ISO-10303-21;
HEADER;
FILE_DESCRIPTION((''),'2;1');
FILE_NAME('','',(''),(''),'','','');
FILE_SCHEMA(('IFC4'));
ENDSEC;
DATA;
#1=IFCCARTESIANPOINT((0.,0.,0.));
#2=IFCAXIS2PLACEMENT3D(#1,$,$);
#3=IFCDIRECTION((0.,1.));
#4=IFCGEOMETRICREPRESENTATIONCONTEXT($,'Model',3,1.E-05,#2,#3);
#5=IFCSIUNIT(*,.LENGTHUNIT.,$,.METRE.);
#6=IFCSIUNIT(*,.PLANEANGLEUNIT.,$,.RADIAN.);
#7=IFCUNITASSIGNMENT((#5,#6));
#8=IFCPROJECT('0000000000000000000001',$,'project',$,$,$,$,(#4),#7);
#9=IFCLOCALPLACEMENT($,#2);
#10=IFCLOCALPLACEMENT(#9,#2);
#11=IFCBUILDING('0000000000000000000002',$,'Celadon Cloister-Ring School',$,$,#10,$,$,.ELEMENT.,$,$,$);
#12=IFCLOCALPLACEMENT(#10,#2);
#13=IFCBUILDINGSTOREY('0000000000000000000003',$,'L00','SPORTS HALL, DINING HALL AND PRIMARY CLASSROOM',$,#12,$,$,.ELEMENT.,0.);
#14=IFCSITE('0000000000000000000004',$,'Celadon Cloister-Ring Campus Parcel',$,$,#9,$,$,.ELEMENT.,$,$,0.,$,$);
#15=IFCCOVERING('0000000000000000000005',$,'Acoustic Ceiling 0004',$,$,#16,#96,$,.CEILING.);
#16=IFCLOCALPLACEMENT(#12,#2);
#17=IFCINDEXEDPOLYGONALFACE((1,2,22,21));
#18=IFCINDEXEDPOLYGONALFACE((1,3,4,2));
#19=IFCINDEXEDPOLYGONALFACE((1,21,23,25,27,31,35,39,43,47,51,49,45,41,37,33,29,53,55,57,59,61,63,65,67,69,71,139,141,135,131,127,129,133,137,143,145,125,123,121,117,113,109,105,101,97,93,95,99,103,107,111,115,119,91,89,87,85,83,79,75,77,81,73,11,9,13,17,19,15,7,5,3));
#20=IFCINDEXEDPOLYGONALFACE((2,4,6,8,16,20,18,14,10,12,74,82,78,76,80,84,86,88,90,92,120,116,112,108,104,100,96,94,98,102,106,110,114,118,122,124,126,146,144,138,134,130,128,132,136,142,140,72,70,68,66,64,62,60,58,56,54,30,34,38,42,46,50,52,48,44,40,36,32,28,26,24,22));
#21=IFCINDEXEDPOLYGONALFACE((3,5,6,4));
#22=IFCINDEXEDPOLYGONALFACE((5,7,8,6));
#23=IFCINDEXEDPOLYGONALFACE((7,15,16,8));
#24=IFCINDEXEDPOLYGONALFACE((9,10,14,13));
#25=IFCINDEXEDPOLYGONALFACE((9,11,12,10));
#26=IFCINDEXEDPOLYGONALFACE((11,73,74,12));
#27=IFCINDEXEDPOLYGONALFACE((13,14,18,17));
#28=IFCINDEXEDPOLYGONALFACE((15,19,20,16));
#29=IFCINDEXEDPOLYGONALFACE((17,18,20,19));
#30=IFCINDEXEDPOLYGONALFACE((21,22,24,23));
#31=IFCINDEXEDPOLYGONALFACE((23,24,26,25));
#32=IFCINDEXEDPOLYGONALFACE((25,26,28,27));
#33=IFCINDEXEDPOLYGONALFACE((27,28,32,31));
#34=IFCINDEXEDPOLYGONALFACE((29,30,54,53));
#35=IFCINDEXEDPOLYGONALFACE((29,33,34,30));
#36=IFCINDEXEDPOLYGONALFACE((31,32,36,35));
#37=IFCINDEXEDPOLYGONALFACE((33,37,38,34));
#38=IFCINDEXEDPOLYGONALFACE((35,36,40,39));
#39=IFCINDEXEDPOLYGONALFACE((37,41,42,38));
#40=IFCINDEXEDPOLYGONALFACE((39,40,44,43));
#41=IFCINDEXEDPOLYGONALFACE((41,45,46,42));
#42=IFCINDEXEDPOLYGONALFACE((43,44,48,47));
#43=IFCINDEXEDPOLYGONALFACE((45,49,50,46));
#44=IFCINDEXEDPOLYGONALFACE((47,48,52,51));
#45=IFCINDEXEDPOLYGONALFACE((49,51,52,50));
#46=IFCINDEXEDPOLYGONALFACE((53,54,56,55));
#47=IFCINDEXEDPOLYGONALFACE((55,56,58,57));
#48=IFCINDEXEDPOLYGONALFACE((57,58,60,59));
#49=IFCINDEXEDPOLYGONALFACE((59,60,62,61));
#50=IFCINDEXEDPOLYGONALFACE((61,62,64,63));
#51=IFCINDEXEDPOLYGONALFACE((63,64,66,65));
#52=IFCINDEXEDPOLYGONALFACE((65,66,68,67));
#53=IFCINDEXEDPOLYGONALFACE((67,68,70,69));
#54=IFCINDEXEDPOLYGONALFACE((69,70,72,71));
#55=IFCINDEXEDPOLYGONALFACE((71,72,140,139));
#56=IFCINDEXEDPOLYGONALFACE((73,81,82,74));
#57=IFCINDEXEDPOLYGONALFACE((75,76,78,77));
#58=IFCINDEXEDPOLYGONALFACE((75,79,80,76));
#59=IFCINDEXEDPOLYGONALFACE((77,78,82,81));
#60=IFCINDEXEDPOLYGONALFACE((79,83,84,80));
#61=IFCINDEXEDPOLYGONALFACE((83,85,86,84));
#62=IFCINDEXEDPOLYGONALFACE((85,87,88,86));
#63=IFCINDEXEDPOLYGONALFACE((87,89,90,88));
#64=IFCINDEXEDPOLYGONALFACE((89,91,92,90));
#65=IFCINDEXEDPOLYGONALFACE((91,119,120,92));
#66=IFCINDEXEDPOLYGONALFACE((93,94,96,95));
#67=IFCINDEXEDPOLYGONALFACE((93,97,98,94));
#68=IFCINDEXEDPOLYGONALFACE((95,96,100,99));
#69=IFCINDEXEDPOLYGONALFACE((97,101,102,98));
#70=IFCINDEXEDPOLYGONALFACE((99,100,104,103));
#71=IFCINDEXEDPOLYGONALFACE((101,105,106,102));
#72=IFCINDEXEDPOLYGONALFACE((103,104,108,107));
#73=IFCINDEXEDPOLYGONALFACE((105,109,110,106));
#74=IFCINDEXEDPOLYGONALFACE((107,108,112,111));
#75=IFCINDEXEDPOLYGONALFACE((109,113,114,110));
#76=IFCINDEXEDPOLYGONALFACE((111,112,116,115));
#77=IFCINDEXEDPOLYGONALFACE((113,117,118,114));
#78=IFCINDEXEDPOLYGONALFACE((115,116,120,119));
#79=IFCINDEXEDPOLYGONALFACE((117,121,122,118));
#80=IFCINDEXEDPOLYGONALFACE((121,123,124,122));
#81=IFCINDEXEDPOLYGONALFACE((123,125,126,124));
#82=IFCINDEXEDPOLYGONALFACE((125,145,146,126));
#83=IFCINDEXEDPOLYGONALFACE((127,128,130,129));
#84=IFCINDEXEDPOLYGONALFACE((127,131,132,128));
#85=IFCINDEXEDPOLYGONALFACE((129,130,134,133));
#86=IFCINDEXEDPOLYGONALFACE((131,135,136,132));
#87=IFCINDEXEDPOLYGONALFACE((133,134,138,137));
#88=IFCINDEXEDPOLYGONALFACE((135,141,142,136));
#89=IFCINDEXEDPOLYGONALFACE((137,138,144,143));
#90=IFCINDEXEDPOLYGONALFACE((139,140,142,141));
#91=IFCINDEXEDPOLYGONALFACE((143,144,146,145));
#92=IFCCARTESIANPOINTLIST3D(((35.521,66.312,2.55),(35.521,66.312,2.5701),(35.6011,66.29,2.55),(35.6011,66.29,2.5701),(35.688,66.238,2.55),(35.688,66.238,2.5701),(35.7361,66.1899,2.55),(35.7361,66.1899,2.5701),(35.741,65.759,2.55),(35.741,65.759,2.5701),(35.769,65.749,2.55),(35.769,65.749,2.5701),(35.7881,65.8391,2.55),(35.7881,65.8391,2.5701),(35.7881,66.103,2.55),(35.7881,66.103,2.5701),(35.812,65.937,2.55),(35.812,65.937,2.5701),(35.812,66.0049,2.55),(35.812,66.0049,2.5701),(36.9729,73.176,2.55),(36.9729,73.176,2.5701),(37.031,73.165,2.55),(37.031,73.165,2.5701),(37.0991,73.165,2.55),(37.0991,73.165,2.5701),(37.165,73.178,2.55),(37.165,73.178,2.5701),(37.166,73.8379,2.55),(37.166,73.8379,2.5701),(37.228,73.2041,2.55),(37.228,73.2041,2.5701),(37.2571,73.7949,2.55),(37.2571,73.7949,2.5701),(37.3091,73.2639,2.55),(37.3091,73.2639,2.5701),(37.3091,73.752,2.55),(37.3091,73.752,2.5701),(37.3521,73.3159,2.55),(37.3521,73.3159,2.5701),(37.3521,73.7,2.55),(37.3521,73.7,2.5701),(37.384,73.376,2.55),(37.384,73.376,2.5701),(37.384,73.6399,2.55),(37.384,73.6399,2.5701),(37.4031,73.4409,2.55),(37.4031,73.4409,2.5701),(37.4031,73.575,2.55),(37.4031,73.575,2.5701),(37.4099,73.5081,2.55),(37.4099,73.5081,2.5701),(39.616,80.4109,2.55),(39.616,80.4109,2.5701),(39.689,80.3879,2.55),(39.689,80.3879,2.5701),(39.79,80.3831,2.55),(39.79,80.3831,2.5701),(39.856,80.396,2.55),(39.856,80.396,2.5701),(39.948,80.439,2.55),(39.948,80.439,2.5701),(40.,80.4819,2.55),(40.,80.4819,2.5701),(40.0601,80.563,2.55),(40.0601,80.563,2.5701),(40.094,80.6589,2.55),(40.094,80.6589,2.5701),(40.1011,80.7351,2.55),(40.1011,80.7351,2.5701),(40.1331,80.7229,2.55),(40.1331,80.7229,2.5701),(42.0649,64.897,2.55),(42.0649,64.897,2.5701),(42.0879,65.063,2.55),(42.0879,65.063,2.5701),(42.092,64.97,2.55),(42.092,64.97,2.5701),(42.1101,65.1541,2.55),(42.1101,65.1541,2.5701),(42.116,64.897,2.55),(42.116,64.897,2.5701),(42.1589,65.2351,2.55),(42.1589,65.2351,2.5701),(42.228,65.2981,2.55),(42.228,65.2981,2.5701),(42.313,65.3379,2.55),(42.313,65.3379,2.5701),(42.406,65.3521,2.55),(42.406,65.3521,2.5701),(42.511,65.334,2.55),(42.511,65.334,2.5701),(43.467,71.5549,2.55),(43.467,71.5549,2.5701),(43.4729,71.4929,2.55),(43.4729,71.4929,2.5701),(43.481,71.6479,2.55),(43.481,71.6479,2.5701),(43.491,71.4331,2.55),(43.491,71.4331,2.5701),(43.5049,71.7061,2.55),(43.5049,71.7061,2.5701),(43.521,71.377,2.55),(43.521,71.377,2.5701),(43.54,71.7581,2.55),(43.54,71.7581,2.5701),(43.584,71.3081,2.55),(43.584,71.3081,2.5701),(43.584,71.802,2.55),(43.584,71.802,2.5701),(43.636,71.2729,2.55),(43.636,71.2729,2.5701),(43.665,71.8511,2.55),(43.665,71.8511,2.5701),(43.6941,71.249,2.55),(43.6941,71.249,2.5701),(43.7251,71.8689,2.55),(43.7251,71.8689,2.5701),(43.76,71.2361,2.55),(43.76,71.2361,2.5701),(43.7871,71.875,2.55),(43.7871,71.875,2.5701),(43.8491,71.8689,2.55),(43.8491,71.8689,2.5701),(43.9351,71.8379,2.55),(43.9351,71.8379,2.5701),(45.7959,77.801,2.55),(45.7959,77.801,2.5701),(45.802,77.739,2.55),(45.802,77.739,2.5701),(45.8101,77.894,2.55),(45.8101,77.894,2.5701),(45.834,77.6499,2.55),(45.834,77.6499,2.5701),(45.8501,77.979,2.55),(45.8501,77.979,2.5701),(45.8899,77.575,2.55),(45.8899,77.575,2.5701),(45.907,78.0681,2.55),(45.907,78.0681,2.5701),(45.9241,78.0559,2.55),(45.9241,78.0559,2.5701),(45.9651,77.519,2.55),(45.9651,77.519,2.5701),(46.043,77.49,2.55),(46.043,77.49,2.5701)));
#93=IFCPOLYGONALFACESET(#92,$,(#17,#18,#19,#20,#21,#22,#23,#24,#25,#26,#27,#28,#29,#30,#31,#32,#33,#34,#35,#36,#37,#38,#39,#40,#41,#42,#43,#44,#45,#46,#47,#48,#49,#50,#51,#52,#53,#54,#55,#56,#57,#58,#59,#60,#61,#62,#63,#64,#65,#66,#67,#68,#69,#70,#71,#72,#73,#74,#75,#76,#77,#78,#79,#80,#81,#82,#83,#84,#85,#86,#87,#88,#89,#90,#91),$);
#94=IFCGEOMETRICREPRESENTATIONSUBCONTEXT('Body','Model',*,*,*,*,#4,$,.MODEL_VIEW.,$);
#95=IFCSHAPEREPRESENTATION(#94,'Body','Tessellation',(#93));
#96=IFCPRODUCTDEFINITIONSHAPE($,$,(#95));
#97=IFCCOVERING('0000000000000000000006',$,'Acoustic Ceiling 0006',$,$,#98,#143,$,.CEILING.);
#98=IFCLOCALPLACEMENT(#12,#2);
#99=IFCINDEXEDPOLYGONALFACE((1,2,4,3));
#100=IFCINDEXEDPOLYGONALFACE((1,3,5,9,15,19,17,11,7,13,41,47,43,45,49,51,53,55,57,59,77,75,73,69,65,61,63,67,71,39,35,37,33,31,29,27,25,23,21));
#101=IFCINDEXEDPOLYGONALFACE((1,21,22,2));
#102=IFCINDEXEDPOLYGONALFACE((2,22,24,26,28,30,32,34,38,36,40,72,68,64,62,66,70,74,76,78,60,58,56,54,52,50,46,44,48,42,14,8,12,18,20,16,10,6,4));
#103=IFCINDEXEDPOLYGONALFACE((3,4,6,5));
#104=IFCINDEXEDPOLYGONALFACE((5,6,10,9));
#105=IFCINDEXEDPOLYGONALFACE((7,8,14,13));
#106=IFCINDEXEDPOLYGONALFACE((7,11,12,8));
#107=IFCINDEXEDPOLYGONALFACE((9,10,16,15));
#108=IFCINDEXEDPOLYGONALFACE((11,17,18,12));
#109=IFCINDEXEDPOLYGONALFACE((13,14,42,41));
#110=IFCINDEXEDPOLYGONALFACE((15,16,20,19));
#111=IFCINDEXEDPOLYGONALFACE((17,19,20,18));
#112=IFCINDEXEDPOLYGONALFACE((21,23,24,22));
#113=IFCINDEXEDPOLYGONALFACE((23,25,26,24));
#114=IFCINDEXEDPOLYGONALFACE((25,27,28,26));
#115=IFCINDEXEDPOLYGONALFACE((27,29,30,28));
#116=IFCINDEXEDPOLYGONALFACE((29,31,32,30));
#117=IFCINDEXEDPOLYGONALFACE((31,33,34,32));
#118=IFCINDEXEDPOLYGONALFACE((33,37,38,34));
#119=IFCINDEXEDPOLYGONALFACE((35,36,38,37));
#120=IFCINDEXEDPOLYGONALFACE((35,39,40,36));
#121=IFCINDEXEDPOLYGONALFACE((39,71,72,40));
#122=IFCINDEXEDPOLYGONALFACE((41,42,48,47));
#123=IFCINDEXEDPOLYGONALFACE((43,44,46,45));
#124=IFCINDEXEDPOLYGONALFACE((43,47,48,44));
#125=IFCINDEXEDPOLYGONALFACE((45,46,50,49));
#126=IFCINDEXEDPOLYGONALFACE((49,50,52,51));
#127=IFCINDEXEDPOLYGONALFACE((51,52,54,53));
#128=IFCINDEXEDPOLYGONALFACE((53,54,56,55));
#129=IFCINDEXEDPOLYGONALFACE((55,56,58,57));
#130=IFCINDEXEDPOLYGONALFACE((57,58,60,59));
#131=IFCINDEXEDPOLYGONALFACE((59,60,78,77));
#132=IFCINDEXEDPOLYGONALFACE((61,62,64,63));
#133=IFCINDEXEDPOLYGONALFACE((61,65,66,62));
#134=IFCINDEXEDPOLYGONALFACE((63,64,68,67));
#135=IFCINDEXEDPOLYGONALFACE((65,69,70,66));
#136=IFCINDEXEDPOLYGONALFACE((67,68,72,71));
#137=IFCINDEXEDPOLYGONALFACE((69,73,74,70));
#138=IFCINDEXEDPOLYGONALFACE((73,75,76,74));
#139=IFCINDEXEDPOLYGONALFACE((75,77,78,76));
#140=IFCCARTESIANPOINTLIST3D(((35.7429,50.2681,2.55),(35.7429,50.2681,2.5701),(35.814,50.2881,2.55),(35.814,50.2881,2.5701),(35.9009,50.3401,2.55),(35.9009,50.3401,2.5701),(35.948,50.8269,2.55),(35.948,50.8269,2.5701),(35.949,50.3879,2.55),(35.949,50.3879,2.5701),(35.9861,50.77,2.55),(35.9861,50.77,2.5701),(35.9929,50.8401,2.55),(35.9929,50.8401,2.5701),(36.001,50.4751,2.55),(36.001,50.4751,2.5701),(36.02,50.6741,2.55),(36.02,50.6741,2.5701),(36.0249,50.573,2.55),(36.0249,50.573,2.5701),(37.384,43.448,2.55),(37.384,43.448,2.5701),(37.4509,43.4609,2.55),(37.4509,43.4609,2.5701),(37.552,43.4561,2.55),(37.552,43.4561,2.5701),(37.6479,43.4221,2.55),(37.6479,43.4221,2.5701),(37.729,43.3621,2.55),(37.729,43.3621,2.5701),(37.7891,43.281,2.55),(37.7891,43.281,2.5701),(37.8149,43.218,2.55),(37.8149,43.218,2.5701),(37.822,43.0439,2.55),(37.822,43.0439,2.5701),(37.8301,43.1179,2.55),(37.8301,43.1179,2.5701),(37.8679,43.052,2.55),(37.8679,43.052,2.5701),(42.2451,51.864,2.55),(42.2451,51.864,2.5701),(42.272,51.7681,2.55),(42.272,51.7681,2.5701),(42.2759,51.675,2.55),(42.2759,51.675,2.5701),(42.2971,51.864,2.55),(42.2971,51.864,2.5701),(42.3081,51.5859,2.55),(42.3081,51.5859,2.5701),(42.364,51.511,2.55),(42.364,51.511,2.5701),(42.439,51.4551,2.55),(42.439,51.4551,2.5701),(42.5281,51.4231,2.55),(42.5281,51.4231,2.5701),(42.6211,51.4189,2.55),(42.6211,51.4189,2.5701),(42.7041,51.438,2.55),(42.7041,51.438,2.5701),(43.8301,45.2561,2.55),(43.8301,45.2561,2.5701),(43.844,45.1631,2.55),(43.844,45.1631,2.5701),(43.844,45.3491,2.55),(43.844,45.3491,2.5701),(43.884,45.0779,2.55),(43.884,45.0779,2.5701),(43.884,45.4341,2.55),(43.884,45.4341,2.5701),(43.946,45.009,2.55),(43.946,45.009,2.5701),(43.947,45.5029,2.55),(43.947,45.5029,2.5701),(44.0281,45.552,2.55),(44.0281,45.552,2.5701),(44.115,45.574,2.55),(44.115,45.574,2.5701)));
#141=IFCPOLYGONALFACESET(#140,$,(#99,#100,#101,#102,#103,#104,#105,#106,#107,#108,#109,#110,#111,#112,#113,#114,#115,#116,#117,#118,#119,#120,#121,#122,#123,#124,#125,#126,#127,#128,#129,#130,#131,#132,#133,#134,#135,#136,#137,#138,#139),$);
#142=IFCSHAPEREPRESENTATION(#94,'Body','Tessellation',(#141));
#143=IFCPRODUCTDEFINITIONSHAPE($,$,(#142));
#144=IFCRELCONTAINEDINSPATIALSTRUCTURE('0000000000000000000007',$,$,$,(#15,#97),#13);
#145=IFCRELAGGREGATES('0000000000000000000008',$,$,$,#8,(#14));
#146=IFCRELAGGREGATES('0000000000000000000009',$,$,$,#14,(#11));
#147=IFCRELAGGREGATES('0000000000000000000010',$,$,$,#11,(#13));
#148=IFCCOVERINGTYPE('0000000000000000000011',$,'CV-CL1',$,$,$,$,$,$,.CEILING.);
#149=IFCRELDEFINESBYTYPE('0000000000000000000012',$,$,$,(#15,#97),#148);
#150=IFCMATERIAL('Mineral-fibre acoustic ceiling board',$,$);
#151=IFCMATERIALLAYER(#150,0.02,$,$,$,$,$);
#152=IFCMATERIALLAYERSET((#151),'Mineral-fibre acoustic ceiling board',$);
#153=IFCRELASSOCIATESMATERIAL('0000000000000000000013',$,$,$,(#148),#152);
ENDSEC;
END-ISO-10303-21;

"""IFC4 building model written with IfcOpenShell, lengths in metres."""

from ifc_helpers import new_model, si_unit, direction, frame, origin, place, context, subcontext, project, spatial, polyline, outline, extrude, material, layer, layer_set, type_object, element, save


model = new_model("IFC4")

# Units and contexts
model_context = context("Model", 3, precision=1e-05, world=origin(), true_north=direction((0.0, 1.0)))
body_context = subcontext(model_context, "Body", "Model", "MODEL_VIEW")
ifc_project = project(units=[si_unit("LENGTHUNIT", "METRE"), si_unit("PLANEANGLEUNIT", "RADIAN")], contexts=[model_context])

# Site, building, storey
site_placement = place(None, origin())
site = spatial("IfcSite", under=ifc_project, at=site_placement, Name="Celadon Cloister-Ring Campus Parcel", CompositionType="ELEMENT", RefElevation=0.0)
building_placement = place(site_placement, origin())
building = spatial("IfcBuilding", under=site, at=building_placement, Name="Celadon Cloister-Ring School", CompositionType="ELEMENT")
storey_placement = place(building_placement, origin())
storey = spatial("IfcBuildingStorey", under=building, at=storey_placement, Name="L00", Description="SPORTS HALL, DINING HALL AND PRIMARY CLASSROOM", CompositionType="ELEMENT", Elevation=0.0)

# Coverings
ifc_material_1 = material(Name="Mineral-fibre acoustic ceiling board")
ifc_layer_1 = layer(ifc_material_1, 0.02)
ifc_layer_set_1 = layer_set([ifc_layer_1], Name="Mineral-fibre acoustic ceiling board")
covering_type_1 = type_object("IfcCoveringType", Name="CV-CL1", PredefinedType="CEILING", material=ifc_layer_set_1)
covering_1_placement = place(storey_placement, frame((0.0, 0.0, 2.55)))
element("IfcCovering", 1, at=covering_1_placement, inside=storey, type_object=covering_type_1, Name="Acoustic Ceiling 0004", PredefinedType="CEILING", context=body_context, shape_type="SweptSolid", body=[
    extrude(outline(polyline([(39.616, 80.4109), (39.689, 80.3879), (39.79, 80.3831), (39.856, 80.396), (39.948, 80.439), (40.0, 80.4819), (40.0601, 80.563), (40.094, 80.6589), (40.1011, 80.7351), (40.1331, 80.7229), (45.907, 78.0681), (45.9241, 78.0559), (45.8501, 77.979), (45.8101, 77.894), (45.7959, 77.801), (45.802, 77.739), (45.834, 77.6499), (45.8899, 77.575), (45.9651, 77.519), (46.043, 77.49), (43.9351, 71.8379), (43.8491, 71.8689), (43.7871, 71.875), (43.7251, 71.8689), (43.665, 71.8511), (43.584, 71.802), (43.54, 71.7581), (43.5049, 71.7061), (43.481, 71.6479), (43.467, 71.5549), (43.4729, 71.4929), (43.491, 71.4331), (43.521, 71.377), (43.584, 71.3081), (43.636, 71.2729), (43.6941, 71.249), (43.76, 71.2361), (42.511, 65.334), (42.406, 65.3521), (42.313, 65.3379), (42.228, 65.2981), (42.1589, 65.2351), (42.1101, 65.1541), (42.0879, 65.063), (42.092, 64.97), (42.116, 64.897), (42.0649, 64.897), (35.769, 65.749), (35.741, 65.759), (35.7881, 65.8391), (35.812, 65.937), (35.812, 66.0049), (35.7881, 66.103), (35.7361, 66.1899), (35.688, 66.238), (35.6011, 66.29), (35.521, 66.312), (36.9729, 73.176), (37.031, 73.165), (37.0991, 73.165), (37.165, 73.178), (37.228, 73.2041), (37.3091, 73.2639), (37.3521, 73.3159), (37.384, 73.376), (37.4031, 73.4409), (37.4099, 73.5081), (37.4031, 73.575), (37.384, 73.6399), (37.3521, 73.7), (37.3091, 73.752), (37.2571, 73.7949), (37.166, 73.8379), (39.616, 80.4109)])), origin(), (0.0, 0.0, 1.0), 0.02),
])
covering_2_placement = place(storey_placement, frame((0.0, 0.0, 2.55)))
element("IfcCovering", 2, at=covering_2_placement, inside=storey, type_object=covering_type_1, Name="Acoustic Ceiling 0006", PredefinedType="CEILING", context=body_context, shape_type="SweptSolid", body=[
    extrude(outline(polyline([(43.946, 45.009), (37.8679, 43.052), (37.822, 43.0439), (37.8301, 43.1179), (37.8149, 43.218), (37.7891, 43.281), (37.729, 43.3621), (37.6479, 43.4221), (37.552, 43.4561), (37.4509, 43.4609), (37.384, 43.448), (35.7429, 50.2681), (35.814, 50.2881), (35.9009, 50.3401), (35.949, 50.3879), (36.001, 50.4751), (36.0249, 50.573), (36.02, 50.6741), (35.9861, 50.77), (35.948, 50.8269), (35.9929, 50.8401), (42.2451, 51.864), (42.2971, 51.864), (42.272, 51.7681), (42.2759, 51.675), (42.3081, 51.5859), (42.364, 51.511), (42.439, 51.4551), (42.5281, 51.4231), (42.6211, 51.4189), (42.7041, 51.438), (44.115, 45.574), (44.0281, 45.552), (43.947, 45.5029), (43.884, 45.4341), (43.844, 45.3491), (43.8301, 45.2561), (43.844, 45.1631), (43.884, 45.0779), (43.946, 45.009)])), origin(), (0.0, 0.0, 1.0), 0.02),
])

save(model, "model.ifc")
